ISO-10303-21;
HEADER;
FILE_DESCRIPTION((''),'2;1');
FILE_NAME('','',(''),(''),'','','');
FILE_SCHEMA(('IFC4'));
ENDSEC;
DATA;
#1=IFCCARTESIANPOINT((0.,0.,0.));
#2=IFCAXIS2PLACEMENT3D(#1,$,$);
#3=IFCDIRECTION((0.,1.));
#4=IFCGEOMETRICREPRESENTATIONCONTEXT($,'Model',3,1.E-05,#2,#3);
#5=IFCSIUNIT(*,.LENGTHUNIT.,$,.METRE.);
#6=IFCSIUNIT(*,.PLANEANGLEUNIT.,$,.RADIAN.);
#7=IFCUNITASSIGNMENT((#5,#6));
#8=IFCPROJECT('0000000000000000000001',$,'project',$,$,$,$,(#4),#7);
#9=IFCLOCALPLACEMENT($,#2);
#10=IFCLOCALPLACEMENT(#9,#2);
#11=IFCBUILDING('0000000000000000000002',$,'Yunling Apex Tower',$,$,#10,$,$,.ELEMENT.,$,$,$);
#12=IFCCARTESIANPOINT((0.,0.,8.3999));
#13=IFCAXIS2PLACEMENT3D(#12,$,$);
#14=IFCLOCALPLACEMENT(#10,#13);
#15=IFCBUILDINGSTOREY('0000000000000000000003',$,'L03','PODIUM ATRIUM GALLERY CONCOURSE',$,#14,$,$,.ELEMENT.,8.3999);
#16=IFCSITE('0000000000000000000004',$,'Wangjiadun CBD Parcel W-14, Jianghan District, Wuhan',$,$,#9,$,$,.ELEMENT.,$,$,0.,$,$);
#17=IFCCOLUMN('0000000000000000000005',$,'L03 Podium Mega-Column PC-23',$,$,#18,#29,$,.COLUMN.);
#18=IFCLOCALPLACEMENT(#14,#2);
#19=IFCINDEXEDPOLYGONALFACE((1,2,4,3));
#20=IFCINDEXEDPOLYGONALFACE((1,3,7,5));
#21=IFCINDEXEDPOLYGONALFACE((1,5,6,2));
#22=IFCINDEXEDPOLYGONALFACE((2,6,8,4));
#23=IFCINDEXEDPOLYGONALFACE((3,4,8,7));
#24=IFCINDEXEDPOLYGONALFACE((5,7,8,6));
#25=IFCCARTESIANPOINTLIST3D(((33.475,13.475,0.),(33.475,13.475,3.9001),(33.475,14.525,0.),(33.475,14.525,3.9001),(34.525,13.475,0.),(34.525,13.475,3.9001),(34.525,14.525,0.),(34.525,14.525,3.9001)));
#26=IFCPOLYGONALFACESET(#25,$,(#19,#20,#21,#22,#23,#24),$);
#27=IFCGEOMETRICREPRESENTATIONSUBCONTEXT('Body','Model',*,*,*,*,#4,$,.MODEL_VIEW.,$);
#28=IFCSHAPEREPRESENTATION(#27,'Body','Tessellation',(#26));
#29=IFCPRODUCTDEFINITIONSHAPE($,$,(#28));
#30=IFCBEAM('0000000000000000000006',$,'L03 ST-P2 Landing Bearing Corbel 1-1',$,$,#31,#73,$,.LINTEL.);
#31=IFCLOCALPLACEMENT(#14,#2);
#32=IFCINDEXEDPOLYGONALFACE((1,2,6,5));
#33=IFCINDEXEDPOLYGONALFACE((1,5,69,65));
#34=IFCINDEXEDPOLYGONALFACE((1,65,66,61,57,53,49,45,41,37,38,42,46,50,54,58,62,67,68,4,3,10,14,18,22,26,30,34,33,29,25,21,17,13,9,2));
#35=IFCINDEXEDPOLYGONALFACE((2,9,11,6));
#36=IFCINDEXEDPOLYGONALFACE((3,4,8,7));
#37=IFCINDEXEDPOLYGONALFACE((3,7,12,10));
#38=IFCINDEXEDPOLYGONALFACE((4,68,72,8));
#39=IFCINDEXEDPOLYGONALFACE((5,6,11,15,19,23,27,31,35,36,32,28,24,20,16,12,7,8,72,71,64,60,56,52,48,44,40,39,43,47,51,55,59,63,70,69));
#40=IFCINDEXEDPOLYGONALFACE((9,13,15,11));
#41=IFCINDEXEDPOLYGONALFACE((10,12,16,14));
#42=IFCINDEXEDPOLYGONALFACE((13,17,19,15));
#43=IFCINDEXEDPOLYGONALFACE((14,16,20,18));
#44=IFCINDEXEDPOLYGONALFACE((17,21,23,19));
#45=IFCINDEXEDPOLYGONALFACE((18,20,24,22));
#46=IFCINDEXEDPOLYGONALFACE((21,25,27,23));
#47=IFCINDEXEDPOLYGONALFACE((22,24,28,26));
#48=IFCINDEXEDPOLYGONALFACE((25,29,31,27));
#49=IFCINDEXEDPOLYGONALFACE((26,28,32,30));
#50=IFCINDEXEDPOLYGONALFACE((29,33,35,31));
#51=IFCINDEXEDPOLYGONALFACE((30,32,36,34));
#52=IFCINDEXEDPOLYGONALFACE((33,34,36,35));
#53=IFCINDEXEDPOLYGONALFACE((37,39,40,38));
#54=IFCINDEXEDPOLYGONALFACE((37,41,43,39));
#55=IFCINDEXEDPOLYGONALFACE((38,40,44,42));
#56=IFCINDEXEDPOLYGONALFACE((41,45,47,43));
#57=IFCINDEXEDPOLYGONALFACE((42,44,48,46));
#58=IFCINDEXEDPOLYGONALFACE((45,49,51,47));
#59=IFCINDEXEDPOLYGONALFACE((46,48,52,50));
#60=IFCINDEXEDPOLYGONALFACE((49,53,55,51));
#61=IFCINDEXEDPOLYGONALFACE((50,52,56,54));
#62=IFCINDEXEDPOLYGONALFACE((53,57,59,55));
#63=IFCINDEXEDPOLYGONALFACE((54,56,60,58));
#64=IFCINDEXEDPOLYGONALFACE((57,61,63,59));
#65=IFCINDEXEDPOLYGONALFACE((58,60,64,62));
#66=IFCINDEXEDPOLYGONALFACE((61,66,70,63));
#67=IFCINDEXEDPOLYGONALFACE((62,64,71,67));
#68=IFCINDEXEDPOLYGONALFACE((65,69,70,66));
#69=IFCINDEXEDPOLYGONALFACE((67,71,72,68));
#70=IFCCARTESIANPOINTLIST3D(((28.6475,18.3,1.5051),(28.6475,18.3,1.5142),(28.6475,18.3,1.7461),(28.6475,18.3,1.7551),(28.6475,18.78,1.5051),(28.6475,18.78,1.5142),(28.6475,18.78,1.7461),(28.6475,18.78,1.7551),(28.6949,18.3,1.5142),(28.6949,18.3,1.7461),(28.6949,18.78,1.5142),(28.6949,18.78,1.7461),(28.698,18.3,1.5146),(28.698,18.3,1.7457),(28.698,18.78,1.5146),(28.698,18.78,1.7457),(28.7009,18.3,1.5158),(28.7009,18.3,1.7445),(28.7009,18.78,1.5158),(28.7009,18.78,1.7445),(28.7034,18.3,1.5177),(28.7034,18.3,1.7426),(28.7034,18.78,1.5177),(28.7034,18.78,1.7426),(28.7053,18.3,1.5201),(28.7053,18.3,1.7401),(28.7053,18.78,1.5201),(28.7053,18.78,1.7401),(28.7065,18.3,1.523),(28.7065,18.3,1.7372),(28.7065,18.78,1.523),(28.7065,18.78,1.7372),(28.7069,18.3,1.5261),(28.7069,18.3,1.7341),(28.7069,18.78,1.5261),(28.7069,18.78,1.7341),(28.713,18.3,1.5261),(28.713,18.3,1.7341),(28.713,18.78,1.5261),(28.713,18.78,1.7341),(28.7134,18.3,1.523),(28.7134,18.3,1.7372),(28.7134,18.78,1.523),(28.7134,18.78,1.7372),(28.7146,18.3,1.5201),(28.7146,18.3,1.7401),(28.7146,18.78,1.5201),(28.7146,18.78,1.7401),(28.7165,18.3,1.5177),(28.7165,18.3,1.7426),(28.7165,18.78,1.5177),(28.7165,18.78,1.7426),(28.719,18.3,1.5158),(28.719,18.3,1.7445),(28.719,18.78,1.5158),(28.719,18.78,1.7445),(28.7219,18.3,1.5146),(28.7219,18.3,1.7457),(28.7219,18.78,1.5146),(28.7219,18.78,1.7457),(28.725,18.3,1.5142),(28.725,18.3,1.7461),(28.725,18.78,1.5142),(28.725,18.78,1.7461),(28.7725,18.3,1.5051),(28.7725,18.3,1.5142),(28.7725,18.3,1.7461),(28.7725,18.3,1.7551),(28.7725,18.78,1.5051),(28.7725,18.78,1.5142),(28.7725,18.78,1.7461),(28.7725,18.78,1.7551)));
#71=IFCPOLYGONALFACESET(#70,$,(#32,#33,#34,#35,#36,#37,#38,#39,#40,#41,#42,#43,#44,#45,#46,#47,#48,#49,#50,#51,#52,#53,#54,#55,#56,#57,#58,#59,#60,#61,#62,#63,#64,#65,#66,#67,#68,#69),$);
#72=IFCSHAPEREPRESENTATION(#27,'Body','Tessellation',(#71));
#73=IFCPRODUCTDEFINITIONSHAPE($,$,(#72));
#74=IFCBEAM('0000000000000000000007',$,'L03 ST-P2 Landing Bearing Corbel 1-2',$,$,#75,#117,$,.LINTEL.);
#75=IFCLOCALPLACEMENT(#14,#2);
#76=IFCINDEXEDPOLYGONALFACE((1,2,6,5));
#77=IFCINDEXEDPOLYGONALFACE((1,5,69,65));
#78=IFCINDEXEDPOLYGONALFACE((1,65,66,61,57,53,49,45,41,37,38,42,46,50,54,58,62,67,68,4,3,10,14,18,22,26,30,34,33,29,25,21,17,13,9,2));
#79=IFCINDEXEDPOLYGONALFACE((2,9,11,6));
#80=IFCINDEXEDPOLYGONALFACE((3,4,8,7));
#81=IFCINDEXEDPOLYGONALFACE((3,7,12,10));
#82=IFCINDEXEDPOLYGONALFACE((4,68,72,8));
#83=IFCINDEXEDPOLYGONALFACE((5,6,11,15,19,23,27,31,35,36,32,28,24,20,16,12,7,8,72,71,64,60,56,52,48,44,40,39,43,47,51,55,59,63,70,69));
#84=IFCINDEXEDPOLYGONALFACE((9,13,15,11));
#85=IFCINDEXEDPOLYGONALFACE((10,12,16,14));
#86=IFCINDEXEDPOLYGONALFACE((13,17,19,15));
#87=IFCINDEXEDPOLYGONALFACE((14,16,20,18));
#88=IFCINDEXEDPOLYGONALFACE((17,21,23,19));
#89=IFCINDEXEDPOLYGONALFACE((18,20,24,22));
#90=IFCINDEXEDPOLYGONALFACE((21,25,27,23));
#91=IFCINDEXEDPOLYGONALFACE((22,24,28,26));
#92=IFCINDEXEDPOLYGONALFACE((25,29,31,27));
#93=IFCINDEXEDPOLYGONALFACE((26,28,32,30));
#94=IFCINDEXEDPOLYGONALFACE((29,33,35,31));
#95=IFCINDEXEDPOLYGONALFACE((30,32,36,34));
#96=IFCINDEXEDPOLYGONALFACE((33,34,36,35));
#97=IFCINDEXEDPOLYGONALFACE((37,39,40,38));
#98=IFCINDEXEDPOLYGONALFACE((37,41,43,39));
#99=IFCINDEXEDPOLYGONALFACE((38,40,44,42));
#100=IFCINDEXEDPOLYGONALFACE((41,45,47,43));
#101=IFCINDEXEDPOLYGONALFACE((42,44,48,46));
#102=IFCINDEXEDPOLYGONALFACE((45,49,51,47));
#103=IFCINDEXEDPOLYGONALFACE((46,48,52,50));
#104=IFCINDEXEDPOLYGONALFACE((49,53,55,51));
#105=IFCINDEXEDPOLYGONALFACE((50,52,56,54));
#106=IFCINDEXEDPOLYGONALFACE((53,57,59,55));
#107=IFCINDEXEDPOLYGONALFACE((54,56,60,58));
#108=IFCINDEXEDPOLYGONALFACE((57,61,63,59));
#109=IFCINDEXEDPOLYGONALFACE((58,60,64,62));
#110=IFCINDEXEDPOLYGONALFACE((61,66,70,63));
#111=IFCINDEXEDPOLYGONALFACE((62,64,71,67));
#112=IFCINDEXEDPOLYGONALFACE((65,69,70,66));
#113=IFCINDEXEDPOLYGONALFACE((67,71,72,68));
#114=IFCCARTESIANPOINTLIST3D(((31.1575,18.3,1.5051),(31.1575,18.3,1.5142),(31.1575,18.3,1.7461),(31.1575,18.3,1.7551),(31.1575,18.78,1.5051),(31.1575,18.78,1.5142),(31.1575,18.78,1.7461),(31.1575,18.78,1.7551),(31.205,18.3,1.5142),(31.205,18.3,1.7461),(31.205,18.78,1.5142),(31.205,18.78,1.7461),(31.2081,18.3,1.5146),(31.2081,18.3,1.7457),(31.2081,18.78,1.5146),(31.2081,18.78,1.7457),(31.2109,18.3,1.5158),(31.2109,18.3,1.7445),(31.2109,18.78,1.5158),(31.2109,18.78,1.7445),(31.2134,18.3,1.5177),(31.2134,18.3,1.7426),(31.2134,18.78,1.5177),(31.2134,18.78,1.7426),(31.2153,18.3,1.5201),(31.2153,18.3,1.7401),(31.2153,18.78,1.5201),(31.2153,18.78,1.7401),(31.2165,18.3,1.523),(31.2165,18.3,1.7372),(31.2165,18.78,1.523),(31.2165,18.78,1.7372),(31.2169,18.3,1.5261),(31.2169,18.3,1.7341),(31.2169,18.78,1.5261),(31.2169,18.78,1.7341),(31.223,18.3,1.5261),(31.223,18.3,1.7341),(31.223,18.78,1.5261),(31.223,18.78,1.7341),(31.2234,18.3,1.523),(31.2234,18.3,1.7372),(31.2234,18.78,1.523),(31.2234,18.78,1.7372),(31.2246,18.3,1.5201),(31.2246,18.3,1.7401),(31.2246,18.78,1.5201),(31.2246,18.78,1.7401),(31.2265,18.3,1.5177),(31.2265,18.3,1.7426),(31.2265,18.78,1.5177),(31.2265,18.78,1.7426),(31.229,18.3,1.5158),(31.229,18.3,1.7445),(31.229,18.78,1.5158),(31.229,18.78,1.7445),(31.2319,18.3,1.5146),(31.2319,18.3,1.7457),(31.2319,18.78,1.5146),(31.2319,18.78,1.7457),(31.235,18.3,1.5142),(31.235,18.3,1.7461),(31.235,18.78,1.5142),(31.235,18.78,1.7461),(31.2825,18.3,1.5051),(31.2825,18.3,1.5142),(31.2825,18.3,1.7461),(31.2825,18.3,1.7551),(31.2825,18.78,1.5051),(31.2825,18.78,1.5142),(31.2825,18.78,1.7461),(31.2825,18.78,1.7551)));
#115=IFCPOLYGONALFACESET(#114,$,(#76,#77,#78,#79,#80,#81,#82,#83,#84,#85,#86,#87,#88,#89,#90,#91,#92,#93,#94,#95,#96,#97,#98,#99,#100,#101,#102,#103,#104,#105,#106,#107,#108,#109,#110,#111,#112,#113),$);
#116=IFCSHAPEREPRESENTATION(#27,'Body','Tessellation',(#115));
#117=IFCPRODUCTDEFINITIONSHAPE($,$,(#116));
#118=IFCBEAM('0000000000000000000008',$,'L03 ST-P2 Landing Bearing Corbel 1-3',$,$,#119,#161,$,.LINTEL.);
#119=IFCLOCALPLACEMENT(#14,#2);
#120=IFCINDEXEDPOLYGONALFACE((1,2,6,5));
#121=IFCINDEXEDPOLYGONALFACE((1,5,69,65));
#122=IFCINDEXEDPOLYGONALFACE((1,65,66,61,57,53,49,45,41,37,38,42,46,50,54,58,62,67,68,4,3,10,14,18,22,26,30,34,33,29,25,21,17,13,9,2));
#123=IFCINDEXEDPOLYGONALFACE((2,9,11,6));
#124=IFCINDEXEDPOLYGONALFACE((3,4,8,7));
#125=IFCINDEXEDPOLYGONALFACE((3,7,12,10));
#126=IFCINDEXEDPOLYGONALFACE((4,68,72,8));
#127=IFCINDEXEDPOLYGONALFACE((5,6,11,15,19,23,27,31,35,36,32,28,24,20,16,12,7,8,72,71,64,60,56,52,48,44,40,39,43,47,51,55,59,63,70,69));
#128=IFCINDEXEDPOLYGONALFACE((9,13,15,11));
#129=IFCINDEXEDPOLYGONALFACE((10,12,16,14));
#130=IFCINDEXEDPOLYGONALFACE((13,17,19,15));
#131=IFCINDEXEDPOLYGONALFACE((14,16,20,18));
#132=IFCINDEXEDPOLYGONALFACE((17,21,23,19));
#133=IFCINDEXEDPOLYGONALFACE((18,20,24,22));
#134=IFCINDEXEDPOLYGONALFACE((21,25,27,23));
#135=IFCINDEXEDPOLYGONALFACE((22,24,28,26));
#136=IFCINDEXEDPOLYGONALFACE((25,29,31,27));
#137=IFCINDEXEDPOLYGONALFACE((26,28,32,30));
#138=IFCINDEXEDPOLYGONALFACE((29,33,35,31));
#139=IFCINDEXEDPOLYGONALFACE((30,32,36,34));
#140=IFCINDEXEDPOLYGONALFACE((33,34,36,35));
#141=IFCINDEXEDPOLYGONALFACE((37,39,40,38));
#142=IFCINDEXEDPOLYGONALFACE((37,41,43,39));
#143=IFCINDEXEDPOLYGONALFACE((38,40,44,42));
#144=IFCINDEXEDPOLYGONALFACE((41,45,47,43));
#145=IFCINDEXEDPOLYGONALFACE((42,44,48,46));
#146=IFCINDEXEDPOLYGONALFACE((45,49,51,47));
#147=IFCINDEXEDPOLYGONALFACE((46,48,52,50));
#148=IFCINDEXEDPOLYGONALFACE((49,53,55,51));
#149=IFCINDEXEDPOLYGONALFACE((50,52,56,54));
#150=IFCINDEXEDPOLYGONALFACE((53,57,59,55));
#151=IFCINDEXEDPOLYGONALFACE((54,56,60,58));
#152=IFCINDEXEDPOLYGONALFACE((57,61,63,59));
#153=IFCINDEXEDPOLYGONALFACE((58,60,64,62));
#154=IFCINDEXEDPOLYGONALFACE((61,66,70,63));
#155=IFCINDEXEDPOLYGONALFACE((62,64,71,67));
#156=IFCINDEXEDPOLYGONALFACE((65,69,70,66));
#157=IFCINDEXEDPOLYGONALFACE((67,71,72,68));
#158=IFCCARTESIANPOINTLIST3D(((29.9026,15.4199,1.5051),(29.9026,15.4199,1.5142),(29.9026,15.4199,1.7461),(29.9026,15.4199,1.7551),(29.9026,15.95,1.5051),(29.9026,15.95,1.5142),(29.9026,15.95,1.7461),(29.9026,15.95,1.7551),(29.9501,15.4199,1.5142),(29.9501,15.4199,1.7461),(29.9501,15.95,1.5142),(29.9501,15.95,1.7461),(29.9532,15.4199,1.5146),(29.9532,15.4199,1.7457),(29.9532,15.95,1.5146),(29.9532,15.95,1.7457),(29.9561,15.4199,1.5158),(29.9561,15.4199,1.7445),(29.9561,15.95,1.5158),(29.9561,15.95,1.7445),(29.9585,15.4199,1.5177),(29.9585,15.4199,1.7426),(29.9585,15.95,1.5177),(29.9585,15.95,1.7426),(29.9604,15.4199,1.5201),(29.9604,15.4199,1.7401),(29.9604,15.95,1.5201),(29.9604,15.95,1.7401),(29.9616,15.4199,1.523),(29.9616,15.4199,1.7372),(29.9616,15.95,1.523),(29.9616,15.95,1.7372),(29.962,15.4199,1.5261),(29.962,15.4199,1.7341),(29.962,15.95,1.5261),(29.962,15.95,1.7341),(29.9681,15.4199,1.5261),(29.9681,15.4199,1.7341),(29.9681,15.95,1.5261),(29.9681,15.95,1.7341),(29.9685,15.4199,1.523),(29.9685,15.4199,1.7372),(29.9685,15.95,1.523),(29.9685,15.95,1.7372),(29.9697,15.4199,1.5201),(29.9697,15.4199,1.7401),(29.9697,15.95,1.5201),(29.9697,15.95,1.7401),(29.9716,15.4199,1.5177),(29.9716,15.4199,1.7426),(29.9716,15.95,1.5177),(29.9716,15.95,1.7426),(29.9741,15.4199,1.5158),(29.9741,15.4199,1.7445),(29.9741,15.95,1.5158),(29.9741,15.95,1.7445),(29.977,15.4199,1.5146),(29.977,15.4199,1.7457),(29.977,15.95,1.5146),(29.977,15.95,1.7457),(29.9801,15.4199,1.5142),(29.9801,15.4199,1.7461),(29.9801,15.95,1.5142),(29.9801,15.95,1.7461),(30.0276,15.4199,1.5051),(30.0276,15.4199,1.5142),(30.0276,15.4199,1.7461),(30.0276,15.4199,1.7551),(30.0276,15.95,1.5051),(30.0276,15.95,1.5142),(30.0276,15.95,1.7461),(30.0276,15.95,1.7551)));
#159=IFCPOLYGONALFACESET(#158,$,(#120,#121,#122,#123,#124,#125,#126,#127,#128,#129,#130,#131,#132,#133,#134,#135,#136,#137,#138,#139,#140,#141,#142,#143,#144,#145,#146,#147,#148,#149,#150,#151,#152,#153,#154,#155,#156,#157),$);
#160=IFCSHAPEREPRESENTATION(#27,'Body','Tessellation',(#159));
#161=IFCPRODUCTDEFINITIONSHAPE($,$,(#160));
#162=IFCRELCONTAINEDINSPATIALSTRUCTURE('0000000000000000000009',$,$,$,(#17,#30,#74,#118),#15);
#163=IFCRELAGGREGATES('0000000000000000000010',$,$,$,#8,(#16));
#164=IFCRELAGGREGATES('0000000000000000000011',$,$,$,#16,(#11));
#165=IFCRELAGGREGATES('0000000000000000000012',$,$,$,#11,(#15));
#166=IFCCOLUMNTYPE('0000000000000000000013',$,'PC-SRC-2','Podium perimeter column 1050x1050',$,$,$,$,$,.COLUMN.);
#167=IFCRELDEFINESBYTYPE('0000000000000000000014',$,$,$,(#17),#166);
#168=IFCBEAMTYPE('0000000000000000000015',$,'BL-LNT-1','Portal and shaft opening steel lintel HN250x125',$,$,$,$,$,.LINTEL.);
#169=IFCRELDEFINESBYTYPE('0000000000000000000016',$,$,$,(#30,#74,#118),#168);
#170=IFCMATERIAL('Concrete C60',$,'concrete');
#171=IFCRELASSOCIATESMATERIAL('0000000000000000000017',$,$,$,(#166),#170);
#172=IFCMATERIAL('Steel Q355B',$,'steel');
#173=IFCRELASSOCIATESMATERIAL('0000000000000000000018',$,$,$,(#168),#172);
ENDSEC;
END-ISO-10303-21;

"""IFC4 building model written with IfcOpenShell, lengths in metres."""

from ifc_helpers import new_model, si_unit, direction, frame, origin, origin_2d, place, context, subcontext, project, spatial, rectangle, i_section, extrude, source, transform, mapped, material, material_profile, profile_set, type_object, element, save


model = new_model("IFC4")

# Units and contexts
model_context = context("Model", 3, precision=1e-05, world=origin(), true_north=direction((0.0, 1.0)))
body_context = subcontext(model_context, "Body", "Model", "MODEL_VIEW")
ifc_project = project(units=[si_unit("LENGTHUNIT", "METRE"), si_unit("PLANEANGLEUNIT", "RADIAN")], contexts=[model_context])

# Site, building, storey
site_placement = place(None, origin())
site = spatial("IfcSite", under=ifc_project, at=site_placement, Name="Wangjiadun CBD Parcel W-14, Jianghan District, Wuhan", CompositionType="ELEMENT", RefElevation=0.0)
building_placement = place(site_placement, origin())
building = spatial("IfcBuilding", under=site, at=building_placement, Name="Yunling Apex Tower", CompositionType="ELEMENT")
storey_placement = place(building_placement, frame((0.0, 0.0, 8.3999)))
storey = spatial("IfcBuildingStorey", under=building, at=storey_placement, Name="L03", Description="PODIUM ATRIUM GALLERY CONCOURSE", CompositionType="ELEMENT", Elevation=8.3999)

# Column
ifc_material_1 = material(Name="Concrete C60", Category="concrete")
ifc_material_profile_1 = material_profile(ifc_material_1, rectangle(XDim=1.05, YDim=1.05, at=origin_2d()))
ifc_profile_set_1 = profile_set([ifc_material_profile_1], Name="Concrete C60")
column_type = type_object("IfcColumnType", Name="PC-SRC-2", Description="Podium perimeter column 1050x1050", PredefinedType="COLUMN", material=ifc_profile_set_1)
shared_shape_1 = source(origin(), body_context, "Body", "SweptSolid", [
    extrude(rectangle(XDim=1.05, YDim=1.05, at=origin_2d()), origin(), (0.0, 0.0, 1.0), 3.9001),
])
column_placement = place(storey_placement, frame((34.0, 14.0, 0.0), z_axis=(0.0, 0.0, 1.0), x_axis=(1.0, 0.0, 0.0)))
element("IfcColumn", 1, at=column_placement, inside=storey, type_object=column_type, Name="L03 Podium Mega-Column PC-23", PredefinedType="COLUMN", context=body_context, shape_type="MappedRepresentation", body=[
    mapped(shared_shape_1, transform((0.0, 0.0, 0.0), scale=1.0)),
])

# Beams
ifc_material_2 = material(Name="Steel Q355B", Category="steel")
ifc_material_profile_2 = material_profile(ifc_material_2, i_section(OverallWidth=0.125, OverallDepth=0.25, WebThickness=0.0061, FlangeThickness=0.009, FilletRadius=0.012, at=origin_2d()))
ifc_profile_set_2 = profile_set([ifc_material_profile_2], Name="Steel Q355B")
beam_type_1 = type_object("IfcBeamType", Name="BL-LNT-1", Description="Portal and shaft opening steel lintel HN250x125", PredefinedType="LINTEL", material=ifc_profile_set_2)
shared_shape_2 = source(origin(), body_context, "Body", "SweptSolid", [
    extrude(i_section(OverallWidth=0.125, OverallDepth=0.25, WebThickness=0.0061, FlangeThickness=0.009, FilletRadius=0.012, at=origin_2d()), origin(), (0.0, 0.0, 1.0), 0.48),
])
for number, where, z_axis, x_axis, name in (
    (2, (28.71, 18.78, 1.6301), (0.0, -1.0, 0.0), (1.0, 0.0, 0.0), "L03 ST-P2 Landing Bearing Corbel 1-1"),
    (3, (31.22, 18.78, 1.6301), (0.0, -1.0, 0.0), (1.0, 0.0, 0.0), "L03 ST-P2 Landing Bearing Corbel 1-2"),
):
    element("IfcBeam", number, at=place(storey_placement, frame(where, z_axis=z_axis, x_axis=x_axis)), inside=storey, type_object=beam_type_1, Name=name, PredefinedType="LINTEL", context=body_context, shape_type="MappedRepresentation", body=[
        mapped(shared_shape_2, transform((0.0, 0.0, 0.0), scale=1.0)),
    ])
shared_shape_3 = source(origin(), body_context, "Body", "SweptSolid", [
    extrude(i_section(OverallWidth=0.125, OverallDepth=0.25, WebThickness=0.0061, FlangeThickness=0.009, FilletRadius=0.012, at=origin_2d()), origin(), (0.0, 0.0, 1.0), 0.53),
])
beam_1_placement = place(storey_placement, frame((29.9651, 15.4199, 1.6301), z_axis=(0.0, 1.0, 0.0), x_axis=(-1.0, 0.0, 0.0)))
element("IfcBeam", 4, at=beam_1_placement, inside=storey, type_object=beam_type_1, Name="L03 ST-P2 Landing Bearing Corbel 1-3", PredefinedType="LINTEL", context=body_context, shape_type="MappedRepresentation", body=[
    mapped(shared_shape_3, transform((0.0, 0.0, 0.0), scale=1.0)),
])

save(model, "model.ifc")
